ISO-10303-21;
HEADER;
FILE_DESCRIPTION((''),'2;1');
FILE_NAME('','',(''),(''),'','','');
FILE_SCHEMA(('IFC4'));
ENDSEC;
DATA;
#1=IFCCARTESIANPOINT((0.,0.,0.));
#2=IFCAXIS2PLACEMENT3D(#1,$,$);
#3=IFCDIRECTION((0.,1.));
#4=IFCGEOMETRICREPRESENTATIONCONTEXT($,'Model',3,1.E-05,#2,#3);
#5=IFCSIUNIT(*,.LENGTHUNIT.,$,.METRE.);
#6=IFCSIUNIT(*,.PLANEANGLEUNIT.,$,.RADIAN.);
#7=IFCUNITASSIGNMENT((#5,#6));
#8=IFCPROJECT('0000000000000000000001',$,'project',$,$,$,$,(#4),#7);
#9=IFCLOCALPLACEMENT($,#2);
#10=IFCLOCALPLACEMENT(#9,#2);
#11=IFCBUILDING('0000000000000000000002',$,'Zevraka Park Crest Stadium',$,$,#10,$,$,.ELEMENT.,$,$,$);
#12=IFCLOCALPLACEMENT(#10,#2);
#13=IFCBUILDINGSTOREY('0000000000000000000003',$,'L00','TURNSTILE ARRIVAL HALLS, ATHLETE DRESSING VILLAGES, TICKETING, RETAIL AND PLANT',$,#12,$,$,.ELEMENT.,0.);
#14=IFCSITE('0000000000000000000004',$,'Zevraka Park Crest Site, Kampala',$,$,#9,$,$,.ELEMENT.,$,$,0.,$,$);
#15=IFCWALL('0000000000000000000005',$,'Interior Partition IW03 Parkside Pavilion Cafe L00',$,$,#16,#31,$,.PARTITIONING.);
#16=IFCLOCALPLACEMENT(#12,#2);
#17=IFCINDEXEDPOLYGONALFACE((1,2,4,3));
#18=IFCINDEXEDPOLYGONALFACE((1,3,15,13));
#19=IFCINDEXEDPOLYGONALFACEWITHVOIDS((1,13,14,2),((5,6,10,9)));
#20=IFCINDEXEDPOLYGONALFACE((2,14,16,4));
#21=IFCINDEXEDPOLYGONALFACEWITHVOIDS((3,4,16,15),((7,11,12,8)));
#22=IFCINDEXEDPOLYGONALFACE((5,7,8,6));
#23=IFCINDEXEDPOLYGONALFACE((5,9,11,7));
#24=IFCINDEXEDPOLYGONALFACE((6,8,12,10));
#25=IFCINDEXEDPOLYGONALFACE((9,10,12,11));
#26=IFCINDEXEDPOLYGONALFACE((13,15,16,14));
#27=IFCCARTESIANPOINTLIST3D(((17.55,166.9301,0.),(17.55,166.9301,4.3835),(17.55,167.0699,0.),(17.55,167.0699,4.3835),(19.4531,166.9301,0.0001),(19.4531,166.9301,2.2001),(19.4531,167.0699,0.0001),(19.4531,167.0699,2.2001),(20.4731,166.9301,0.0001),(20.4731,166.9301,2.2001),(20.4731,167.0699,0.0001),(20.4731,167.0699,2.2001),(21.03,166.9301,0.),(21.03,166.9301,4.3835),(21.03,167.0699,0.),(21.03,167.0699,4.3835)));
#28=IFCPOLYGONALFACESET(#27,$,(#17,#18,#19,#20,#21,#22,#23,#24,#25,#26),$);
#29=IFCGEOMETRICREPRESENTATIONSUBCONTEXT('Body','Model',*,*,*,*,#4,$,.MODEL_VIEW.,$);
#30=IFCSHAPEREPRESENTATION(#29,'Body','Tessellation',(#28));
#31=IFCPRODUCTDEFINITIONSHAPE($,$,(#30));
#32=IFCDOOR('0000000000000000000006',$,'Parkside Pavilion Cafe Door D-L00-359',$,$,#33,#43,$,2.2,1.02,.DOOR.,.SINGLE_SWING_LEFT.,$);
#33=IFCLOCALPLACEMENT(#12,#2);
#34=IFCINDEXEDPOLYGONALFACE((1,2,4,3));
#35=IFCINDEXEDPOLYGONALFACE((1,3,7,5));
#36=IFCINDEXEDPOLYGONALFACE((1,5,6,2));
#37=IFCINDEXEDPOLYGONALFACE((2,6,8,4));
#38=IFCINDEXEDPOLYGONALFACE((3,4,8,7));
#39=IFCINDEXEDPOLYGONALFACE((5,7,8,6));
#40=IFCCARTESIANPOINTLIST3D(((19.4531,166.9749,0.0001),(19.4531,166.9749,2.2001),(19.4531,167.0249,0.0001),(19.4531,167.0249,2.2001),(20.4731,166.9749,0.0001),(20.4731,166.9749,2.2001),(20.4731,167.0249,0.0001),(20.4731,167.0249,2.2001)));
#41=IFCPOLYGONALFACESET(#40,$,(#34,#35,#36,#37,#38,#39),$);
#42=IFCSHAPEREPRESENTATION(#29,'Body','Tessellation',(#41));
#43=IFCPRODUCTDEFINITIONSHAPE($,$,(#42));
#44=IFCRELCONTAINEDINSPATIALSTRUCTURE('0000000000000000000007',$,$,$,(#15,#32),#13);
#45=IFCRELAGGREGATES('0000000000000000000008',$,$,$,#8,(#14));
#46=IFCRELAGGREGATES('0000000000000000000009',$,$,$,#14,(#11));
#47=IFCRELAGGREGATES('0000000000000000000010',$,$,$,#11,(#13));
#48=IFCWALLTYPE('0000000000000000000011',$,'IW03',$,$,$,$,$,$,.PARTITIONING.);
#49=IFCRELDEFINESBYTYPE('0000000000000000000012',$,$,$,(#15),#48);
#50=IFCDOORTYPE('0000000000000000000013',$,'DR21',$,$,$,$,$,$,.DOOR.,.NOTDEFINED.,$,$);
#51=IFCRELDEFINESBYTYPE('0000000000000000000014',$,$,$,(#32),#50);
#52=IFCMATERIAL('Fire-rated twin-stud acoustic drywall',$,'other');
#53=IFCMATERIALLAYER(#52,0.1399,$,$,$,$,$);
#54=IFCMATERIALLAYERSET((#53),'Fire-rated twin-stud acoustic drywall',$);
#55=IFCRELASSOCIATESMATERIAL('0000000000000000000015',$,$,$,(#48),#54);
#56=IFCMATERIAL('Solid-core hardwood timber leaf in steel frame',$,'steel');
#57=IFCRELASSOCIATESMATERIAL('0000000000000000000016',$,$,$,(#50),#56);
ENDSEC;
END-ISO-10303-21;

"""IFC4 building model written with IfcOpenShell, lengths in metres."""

from ifc_helpers import new_model, si_unit, direction, frame, frame_2d, origin, place, context, subcontext, project, spatial, rectangle, extrude, material, layer, layer_set, type_object, element, fill, save


model = new_model("IFC4")

# Units and contexts
model_context = context("Model", 3, precision=1e-05, world=origin(), true_north=direction((0.0, 1.0)))
body_context = subcontext(model_context, "Body", "Model", "MODEL_VIEW")
ifc_project = project(units=[si_unit("LENGTHUNIT", "METRE"), si_unit("PLANEANGLEUNIT", "RADIAN")], contexts=[model_context])

# Site, building, storey
site_placement = place(None, origin())
site = spatial("IfcSite", under=ifc_project, at=site_placement, Name="Zevraka Park Crest Site, Kampala", CompositionType="ELEMENT", RefElevation=0.0)
building_placement = place(site_placement, origin())
building = spatial("IfcBuilding", under=site, at=building_placement, Name="Zevraka Park Crest Stadium", CompositionType="ELEMENT")
storey_placement = place(building_placement, origin())
storey = spatial("IfcBuildingStorey", under=building, at=storey_placement, Name="L00", Description="TURNSTILE ARRIVAL HALLS, ATHLETE DRESSING VILLAGES, TICKETING, RETAIL AND PLANT", CompositionType="ELEMENT", Elevation=0.0)

# Wall, opening, door
ifc_material_1 = material(Name="Fire-rated twin-stud acoustic drywall", Category="other")
ifc_layer = layer(ifc_material_1, 0.1399)
ifc_layer_set = layer_set([ifc_layer], Name="Fire-rated twin-stud acoustic drywall")
wall_type = type_object("IfcWallType", Name="IW03", PredefinedType="PARTITIONING", material=ifc_layer_set)
wall_1_placement = place(storey_placement, frame((17.55, 167.0, 0.0), z_axis=(0.0, 0.0, 1.0), x_axis=(1.0, 0.0, 0.0)))
wall_1 = element("IfcWall", 1, at=wall_1_placement, inside=storey, type_object=wall_type, Name="Interior Partition IW03 Parkside Pavilion Cafe L00", PredefinedType="PARTITIONING", context=body_context, shape_type="SweptSolid", body=[
    extrude(rectangle(XDim=3.48, YDim=0.1399, at=frame_2d((1.74, 0.0))), origin(), (0.0, 0.0, 1.0), 4.3835),
])
opening_1_placement = place(wall_1_placement, frame((1.9031, 0.0, 0.0)))
opening_1 = element("IfcOpeningElement", 2, at=opening_1_placement, cuts=wall_1, PredefinedType="OPENING", context=body_context, shape_type="SweptSolid", body=[
    extrude(rectangle(XDim=1.02, YDim=2.2, at=frame_2d((0.51, 1.1001))), frame((0.0, 0.0798, 0.0), z_axis=(0.0, -1.0, 0.0), x_axis=(1.0, 0.0, 0.0)), (0.0, 0.0, 1.0), 0.1599),
])
ifc_material_2 = material(Name="Solid-core hardwood timber leaf in steel frame", Category="steel")
door_type_1 = type_object("IfcDoorType", Name="DR21", OperationType="NOTDEFINED", PredefinedType="DOOR", material=ifc_material_2)
door_1_placement = place(opening_1_placement, origin())
door_1 = element("IfcDoor", 3, at=door_1_placement, inside=storey, type_object=door_type_1, Name="Parkside Pavilion Cafe Door D-L00-359", OperationType="SINGLE_SWING_LEFT", OverallHeight=2.2, OverallWidth=1.02, PredefinedType="DOOR", context=body_context, shape_type="SweptSolid", body=[
    extrude(rectangle(XDim=1.02, YDim=2.2, at=frame_2d((0.51, 1.1001))), frame((0.0, 0.0249, 0.0), z_axis=(0.0, -1.0, 0.0), x_axis=(1.0, 0.0, 0.0)), (0.0, 0.0, 1.0), 0.05),
])
fill(opening_1, door_1)

save(model, "model.ifc")
